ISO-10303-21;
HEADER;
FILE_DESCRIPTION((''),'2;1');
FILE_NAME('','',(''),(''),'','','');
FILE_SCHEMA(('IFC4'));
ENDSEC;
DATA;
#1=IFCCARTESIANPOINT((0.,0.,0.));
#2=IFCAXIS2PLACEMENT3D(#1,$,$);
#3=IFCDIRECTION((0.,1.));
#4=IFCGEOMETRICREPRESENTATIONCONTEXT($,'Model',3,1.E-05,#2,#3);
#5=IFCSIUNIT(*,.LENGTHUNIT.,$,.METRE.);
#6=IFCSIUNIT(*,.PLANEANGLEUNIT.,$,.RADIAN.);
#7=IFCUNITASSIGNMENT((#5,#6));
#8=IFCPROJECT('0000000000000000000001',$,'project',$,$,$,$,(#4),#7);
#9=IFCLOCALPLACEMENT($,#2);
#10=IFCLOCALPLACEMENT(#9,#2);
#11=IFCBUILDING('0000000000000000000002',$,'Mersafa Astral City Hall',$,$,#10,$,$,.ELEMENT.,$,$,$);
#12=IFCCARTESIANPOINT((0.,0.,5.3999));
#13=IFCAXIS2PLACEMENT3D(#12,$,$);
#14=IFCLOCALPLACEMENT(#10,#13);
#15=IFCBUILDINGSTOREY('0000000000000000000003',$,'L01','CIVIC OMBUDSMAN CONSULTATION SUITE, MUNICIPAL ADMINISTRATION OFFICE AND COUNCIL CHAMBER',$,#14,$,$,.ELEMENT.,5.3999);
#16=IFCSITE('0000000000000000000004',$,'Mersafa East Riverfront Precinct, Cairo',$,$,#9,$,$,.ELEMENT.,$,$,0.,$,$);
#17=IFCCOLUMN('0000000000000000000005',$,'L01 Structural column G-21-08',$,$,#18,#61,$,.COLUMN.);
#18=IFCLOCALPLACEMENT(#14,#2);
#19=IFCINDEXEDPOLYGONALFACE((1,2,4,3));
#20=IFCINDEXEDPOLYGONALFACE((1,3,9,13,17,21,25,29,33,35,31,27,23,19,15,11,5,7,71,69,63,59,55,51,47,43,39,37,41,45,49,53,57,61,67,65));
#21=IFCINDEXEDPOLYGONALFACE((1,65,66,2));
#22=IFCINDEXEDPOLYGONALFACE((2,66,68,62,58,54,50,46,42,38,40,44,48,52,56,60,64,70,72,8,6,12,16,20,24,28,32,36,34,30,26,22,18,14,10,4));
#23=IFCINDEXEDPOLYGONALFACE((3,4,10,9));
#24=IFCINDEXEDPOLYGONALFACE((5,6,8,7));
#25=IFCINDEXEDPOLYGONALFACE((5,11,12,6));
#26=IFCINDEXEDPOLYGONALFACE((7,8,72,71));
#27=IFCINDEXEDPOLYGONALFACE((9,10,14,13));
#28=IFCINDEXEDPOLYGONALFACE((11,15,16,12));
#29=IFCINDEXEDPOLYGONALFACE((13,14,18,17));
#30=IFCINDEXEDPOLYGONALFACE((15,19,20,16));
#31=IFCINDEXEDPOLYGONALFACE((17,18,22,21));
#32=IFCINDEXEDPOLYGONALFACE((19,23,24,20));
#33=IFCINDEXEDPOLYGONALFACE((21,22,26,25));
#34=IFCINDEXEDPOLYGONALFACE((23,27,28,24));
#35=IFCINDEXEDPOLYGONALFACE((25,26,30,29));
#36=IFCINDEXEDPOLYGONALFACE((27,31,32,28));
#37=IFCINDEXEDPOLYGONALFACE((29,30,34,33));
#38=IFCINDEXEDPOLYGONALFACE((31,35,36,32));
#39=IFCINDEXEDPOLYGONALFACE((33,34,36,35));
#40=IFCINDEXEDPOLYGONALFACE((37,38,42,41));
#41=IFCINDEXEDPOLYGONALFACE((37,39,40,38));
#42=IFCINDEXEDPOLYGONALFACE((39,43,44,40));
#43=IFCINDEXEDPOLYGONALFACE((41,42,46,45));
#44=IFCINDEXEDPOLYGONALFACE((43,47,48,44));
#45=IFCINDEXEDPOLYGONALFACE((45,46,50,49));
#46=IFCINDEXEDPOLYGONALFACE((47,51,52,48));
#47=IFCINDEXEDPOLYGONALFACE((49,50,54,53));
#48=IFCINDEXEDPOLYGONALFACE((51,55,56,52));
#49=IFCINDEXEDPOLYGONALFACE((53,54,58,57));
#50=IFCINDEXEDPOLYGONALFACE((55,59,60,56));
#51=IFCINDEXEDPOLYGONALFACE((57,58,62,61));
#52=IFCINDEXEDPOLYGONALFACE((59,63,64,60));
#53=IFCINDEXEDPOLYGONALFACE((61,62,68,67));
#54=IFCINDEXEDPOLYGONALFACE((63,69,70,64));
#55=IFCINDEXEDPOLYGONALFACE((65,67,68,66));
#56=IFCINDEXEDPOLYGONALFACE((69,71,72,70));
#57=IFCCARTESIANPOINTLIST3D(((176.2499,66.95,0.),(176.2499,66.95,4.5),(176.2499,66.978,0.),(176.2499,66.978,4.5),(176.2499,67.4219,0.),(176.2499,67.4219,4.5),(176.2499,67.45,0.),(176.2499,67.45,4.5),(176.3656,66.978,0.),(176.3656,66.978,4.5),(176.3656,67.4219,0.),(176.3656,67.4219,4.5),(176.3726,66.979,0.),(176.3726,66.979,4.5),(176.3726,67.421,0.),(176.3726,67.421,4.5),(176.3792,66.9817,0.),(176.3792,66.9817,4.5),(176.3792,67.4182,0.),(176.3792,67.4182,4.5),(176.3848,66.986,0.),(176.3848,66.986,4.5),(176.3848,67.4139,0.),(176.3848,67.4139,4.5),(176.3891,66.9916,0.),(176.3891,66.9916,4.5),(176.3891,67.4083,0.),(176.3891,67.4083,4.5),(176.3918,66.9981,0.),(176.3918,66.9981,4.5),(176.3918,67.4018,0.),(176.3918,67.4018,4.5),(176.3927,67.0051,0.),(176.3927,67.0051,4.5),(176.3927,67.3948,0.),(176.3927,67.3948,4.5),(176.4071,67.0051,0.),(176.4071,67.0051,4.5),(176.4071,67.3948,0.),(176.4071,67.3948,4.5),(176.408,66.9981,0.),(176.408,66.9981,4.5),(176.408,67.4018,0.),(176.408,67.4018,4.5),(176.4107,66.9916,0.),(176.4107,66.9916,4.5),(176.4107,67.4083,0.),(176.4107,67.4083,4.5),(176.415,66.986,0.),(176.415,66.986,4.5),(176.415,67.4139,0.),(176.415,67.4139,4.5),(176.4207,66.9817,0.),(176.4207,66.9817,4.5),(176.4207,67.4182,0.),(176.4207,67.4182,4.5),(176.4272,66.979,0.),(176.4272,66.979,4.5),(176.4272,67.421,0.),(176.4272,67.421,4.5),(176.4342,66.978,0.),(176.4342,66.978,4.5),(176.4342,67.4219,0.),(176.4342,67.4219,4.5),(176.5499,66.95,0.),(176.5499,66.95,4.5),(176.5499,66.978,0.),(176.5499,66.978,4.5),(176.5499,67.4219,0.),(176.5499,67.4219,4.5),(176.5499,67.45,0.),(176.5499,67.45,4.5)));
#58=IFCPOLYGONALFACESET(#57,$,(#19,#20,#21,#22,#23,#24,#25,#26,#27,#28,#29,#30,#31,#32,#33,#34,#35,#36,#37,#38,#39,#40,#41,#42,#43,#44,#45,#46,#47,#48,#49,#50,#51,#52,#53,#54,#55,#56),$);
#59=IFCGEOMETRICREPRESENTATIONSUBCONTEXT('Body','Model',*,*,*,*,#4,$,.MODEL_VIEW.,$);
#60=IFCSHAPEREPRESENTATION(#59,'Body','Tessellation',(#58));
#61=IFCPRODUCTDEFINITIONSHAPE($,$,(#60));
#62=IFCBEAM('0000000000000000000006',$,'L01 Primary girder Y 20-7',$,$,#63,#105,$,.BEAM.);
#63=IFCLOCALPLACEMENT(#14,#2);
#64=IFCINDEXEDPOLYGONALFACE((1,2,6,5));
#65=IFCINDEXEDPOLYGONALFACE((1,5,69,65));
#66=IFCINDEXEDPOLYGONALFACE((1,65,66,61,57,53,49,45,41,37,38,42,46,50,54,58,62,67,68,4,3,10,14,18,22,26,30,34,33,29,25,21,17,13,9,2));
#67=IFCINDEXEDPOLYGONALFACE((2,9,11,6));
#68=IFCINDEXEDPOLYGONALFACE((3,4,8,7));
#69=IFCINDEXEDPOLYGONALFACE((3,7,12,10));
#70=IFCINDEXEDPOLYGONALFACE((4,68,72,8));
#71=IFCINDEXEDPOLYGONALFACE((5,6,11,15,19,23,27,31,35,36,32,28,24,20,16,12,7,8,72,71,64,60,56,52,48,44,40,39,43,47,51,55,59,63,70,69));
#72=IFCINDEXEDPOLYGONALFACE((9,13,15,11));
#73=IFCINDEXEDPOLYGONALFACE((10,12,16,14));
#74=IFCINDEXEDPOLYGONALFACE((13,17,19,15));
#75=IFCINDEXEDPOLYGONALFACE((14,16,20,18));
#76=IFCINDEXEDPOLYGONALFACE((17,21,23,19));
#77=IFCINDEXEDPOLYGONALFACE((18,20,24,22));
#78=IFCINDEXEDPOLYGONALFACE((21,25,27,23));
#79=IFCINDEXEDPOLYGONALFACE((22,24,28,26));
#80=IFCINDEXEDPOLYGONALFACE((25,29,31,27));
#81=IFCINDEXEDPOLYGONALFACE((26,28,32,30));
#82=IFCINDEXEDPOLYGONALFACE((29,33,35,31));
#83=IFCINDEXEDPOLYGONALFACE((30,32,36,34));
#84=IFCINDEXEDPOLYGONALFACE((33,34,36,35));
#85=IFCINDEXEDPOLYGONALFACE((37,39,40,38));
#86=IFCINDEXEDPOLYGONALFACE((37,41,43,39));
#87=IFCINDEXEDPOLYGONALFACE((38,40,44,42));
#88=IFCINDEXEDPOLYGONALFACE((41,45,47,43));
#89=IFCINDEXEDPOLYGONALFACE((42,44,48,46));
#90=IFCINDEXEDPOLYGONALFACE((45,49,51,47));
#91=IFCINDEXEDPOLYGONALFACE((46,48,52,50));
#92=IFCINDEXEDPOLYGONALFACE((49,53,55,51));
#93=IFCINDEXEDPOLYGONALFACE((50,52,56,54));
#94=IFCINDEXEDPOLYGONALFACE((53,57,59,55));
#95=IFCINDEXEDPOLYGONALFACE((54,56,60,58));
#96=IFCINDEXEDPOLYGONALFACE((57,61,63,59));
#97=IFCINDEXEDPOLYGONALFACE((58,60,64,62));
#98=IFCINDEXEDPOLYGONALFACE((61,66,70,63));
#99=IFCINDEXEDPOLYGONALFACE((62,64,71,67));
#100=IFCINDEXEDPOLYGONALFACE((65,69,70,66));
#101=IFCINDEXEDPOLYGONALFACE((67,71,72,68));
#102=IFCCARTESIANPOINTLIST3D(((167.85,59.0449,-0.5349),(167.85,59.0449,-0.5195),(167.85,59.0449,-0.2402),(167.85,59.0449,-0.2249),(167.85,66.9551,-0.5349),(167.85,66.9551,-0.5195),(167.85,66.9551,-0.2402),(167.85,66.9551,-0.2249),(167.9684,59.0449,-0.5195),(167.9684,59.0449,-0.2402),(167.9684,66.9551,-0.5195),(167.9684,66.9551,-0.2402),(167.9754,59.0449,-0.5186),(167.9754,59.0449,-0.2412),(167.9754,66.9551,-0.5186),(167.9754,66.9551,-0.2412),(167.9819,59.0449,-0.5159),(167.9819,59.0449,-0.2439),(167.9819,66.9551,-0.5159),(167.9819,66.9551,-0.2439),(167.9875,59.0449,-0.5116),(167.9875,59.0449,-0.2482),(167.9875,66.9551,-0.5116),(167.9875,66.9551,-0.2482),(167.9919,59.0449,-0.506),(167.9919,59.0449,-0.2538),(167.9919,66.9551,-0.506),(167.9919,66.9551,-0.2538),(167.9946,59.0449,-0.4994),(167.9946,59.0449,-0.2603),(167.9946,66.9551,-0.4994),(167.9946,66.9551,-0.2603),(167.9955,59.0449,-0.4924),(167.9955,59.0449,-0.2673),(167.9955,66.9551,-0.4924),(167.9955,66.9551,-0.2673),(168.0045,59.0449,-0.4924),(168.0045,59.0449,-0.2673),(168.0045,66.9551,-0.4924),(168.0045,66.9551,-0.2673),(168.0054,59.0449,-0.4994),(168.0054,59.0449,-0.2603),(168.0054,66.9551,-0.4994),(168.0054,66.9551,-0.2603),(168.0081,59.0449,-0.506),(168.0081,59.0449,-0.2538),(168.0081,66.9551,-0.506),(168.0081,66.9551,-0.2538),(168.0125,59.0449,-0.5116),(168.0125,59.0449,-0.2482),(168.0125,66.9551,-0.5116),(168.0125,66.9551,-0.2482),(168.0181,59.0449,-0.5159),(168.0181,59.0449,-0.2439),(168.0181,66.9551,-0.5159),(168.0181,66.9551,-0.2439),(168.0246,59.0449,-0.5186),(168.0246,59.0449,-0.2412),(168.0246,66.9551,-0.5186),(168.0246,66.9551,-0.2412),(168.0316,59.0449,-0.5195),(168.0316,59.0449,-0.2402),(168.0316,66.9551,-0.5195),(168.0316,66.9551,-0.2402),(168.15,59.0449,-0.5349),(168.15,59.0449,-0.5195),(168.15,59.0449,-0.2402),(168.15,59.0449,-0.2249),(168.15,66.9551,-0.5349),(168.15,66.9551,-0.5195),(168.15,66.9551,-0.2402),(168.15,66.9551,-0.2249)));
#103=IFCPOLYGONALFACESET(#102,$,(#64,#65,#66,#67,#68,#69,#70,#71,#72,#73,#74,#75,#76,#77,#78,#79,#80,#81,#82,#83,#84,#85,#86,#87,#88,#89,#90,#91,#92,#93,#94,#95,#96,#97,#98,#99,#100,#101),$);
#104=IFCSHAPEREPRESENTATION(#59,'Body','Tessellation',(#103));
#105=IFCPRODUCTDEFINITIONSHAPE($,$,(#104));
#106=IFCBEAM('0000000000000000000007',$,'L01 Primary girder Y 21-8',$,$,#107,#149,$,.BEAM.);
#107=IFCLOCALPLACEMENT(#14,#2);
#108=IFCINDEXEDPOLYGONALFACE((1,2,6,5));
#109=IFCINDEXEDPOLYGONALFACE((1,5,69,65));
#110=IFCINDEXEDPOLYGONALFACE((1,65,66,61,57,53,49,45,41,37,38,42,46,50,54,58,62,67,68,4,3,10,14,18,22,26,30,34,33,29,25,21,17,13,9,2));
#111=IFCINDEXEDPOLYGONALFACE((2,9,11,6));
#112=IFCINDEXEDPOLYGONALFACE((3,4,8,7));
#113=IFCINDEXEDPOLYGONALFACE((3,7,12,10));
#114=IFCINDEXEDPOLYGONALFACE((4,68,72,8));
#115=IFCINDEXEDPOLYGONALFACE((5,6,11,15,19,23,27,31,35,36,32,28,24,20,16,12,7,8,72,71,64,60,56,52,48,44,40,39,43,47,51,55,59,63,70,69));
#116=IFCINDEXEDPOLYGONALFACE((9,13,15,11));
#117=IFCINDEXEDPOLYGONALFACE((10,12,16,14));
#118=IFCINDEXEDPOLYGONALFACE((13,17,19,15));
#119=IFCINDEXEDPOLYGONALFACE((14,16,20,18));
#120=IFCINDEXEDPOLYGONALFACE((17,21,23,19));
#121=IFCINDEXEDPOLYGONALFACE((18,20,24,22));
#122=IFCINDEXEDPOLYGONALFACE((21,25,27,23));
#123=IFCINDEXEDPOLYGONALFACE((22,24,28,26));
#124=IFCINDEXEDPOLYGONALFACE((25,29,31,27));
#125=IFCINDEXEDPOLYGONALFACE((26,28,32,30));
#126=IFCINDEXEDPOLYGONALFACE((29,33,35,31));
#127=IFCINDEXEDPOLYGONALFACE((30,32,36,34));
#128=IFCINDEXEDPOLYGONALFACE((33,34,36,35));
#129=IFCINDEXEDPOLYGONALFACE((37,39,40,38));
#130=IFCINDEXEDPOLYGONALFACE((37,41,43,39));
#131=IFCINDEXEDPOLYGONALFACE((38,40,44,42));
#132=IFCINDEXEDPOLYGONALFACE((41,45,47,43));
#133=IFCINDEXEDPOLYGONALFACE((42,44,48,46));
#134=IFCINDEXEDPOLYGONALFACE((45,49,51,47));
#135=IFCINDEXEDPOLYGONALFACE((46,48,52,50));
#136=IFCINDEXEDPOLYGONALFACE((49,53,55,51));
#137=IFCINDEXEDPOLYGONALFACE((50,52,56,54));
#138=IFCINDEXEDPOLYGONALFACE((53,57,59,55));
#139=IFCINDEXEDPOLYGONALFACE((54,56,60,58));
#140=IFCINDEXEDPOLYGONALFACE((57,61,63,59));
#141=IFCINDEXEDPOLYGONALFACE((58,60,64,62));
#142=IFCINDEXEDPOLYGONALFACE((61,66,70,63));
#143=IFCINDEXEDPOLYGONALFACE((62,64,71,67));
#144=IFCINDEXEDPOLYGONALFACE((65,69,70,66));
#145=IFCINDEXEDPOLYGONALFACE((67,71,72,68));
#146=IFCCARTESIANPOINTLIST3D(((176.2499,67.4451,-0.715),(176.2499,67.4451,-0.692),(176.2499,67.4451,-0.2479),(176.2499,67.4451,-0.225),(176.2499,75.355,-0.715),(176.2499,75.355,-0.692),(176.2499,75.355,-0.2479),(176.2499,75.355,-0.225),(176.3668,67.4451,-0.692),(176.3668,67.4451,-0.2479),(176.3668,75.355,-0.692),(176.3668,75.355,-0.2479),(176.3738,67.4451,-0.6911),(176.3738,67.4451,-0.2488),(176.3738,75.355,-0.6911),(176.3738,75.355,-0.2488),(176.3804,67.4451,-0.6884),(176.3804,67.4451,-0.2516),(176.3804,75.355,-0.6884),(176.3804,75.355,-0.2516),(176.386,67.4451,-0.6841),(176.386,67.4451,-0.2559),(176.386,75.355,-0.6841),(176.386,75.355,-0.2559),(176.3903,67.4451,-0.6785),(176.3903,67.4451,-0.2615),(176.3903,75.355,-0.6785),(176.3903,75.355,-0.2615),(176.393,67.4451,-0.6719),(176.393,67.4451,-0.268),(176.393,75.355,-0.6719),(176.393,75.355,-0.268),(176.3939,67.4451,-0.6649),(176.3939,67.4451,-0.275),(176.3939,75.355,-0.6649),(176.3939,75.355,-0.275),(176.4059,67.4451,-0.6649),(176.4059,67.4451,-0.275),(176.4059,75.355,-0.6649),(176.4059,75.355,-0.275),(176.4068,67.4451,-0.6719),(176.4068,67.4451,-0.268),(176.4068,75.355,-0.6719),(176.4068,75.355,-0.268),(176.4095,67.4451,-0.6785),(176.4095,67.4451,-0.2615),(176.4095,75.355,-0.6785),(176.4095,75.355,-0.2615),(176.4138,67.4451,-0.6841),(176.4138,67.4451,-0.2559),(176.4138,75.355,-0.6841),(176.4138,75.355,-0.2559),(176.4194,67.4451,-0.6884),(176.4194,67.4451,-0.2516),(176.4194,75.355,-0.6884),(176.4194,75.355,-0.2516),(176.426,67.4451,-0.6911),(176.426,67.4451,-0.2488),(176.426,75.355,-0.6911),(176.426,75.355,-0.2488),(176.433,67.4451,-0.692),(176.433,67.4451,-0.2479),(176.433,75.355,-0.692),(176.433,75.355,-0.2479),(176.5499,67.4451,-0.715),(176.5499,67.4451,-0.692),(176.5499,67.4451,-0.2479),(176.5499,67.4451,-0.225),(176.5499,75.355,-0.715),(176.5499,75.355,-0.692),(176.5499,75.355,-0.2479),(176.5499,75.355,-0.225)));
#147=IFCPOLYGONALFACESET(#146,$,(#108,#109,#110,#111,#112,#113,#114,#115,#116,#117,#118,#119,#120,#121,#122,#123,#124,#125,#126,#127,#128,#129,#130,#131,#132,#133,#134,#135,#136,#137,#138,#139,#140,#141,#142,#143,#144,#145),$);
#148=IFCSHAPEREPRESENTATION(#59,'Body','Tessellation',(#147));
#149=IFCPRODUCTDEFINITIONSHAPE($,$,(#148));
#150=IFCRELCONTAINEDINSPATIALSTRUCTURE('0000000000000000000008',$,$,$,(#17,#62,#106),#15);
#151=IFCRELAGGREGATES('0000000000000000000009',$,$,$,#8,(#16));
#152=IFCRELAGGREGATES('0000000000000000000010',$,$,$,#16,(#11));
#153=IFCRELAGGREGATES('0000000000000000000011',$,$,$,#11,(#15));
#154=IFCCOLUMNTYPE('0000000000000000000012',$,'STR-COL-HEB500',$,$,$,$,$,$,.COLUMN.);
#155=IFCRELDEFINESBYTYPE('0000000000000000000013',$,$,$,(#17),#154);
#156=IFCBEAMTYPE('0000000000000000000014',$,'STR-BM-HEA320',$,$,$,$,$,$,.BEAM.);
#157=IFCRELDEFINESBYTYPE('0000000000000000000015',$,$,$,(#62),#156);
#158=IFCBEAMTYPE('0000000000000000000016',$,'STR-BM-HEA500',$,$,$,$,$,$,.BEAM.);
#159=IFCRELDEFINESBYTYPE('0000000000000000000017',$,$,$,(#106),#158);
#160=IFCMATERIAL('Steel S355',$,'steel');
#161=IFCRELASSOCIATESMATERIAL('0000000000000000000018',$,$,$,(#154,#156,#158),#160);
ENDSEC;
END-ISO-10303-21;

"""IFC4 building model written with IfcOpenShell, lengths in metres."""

from ifc_helpers import new_model, si_unit, direction, frame, origin, origin_2d, place, context, subcontext, project, spatial, i_section, extrude, material, material_profile, profile_set, type_object, element, save


model = new_model("IFC4")

# Units and contexts
model_context = context("Model", 3, precision=1e-05, world=origin(), true_north=direction((0.0, 1.0)))
body_context = subcontext(model_context, "Body", "Model", "MODEL_VIEW")
ifc_project = project(units=[si_unit("LENGTHUNIT", "METRE"), si_unit("PLANEANGLEUNIT", "RADIAN")], contexts=[model_context])

# Site, building, storey
site_placement = place(None, origin())
site = spatial("IfcSite", under=ifc_project, at=site_placement, Name="Mersafa East Riverfront Precinct, Cairo", CompositionType="ELEMENT", RefElevation=0.0)
building_placement = place(site_placement, origin())
building = spatial("IfcBuilding", under=site, at=building_placement, Name="Mersafa Astral City Hall", CompositionType="ELEMENT")
storey_placement = place(building_placement, frame((0.0, 0.0, 5.3999)))
storey = spatial("IfcBuildingStorey", under=building, at=storey_placement, Name="L01", Description="CIVIC OMBUDSMAN CONSULTATION SUITE, MUNICIPAL ADMINISTRATION OFFICE AND COUNCIL CHAMBER", CompositionType="ELEMENT", Elevation=5.3999)

# Column
ifc_material_1 = material(Name="Steel S355", Category="steel")
ifc_material_profile_1 = material_profile(ifc_material_1, i_section(OverallWidth=0.3, OverallDepth=0.5, WebThickness=0.0144, FlangeThickness=0.0281, FilletRadius=0.0271, at=origin_2d()), Name="HEB 500")
ifc_profile_set_1 = profile_set([ifc_material_profile_1], Name="Steel S355")
column_type = type_object("IfcColumnType", Name="STR-COL-HEB500", PredefinedType="COLUMN", material=ifc_profile_set_1)
for number, where, z_axis, x_axis, name in (
    (1, (176.3999, 67.2, 0.0), (0.0, 0.0, 1.0), (1.0, 0.0, 0.0), "L01 Structural column G-21-08"),
):
    element("IfcColumn", number, at=place(storey_placement, frame(where, z_axis=z_axis, x_axis=x_axis)), inside=storey, type_object=column_type, Name=name, PredefinedType="COLUMN", context=body_context, shape_type="SweptSolid", body=[
        extrude(i_section(OverallWidth=0.3, OverallDepth=0.5, WebThickness=0.0144, FlangeThickness=0.0281, FilletRadius=0.0271, at=origin_2d()), origin(), (0.0, 0.0, 1.0), 4.5),
    ])

# Beams
ifc_material_profile_2 = material_profile(ifc_material_1, i_section(OverallWidth=0.3, OverallDepth=0.3101, WebThickness=0.009, FlangeThickness=0.0154, FilletRadius=0.0271, at=origin_2d()), Name="HEA 320")
ifc_profile_set_2 = profile_set([ifc_material_profile_2], Name="Steel S355")
beam_type_1 = type_object("IfcBeamType", Name="STR-BM-HEA320", PredefinedType="BEAM", material=ifc_profile_set_2)
beam_1_placement = place(storey_placement, frame((168.0, 59.0449, -0.3799), z_axis=(0.0, 1.0, 0.0), x_axis=(-1.0, 0.0, 0.0)))
element("IfcBeam", 2, at=beam_1_placement, inside=storey, type_object=beam_type_1, Name="L01 Primary girder Y 20-7", PredefinedType="BEAM", context=body_context, shape_type="SweptSolid", body=[
    extrude(i_section(OverallWidth=0.3, OverallDepth=0.3101, WebThickness=0.009, FlangeThickness=0.0154, FilletRadius=0.0271, at=origin_2d()), origin(), (0.0, 0.0, 1.0), 7.9102),
])
ifc_material_profile_3 = material_profile(ifc_material_1, i_section(OverallWidth=0.3, OverallDepth=0.49, WebThickness=0.012, FlangeThickness=0.0229, FilletRadius=0.0271, at=origin_2d()), Name="HEA 500")
ifc_profile_set_3 = profile_set([ifc_material_profile_3], Name="Steel S355")
beam_type_2 = type_object("IfcBeamType", Name="STR-BM-HEA500", PredefinedType="BEAM", material=ifc_profile_set_3)
beam_2_placement = place(storey_placement, frame((176.3999, 67.4451, -0.47), z_axis=(0.0, 1.0, 0.0), x_axis=(-1.0, 0.0, 0.0)))
element("IfcBeam", 3, at=beam_2_placement, inside=storey, type_object=beam_type_2, Name="L01 Primary girder Y 21-8", PredefinedType="BEAM", context=body_context, shape_type="SweptSolid", body=[
    extrude(i_section(OverallWidth=0.3, OverallDepth=0.49, WebThickness=0.012, FlangeThickness=0.0229, FilletRadius=0.0271, at=origin_2d()), origin(), (0.0, 0.0, 1.0), 7.9099),
])

save(model, "model.ifc")
